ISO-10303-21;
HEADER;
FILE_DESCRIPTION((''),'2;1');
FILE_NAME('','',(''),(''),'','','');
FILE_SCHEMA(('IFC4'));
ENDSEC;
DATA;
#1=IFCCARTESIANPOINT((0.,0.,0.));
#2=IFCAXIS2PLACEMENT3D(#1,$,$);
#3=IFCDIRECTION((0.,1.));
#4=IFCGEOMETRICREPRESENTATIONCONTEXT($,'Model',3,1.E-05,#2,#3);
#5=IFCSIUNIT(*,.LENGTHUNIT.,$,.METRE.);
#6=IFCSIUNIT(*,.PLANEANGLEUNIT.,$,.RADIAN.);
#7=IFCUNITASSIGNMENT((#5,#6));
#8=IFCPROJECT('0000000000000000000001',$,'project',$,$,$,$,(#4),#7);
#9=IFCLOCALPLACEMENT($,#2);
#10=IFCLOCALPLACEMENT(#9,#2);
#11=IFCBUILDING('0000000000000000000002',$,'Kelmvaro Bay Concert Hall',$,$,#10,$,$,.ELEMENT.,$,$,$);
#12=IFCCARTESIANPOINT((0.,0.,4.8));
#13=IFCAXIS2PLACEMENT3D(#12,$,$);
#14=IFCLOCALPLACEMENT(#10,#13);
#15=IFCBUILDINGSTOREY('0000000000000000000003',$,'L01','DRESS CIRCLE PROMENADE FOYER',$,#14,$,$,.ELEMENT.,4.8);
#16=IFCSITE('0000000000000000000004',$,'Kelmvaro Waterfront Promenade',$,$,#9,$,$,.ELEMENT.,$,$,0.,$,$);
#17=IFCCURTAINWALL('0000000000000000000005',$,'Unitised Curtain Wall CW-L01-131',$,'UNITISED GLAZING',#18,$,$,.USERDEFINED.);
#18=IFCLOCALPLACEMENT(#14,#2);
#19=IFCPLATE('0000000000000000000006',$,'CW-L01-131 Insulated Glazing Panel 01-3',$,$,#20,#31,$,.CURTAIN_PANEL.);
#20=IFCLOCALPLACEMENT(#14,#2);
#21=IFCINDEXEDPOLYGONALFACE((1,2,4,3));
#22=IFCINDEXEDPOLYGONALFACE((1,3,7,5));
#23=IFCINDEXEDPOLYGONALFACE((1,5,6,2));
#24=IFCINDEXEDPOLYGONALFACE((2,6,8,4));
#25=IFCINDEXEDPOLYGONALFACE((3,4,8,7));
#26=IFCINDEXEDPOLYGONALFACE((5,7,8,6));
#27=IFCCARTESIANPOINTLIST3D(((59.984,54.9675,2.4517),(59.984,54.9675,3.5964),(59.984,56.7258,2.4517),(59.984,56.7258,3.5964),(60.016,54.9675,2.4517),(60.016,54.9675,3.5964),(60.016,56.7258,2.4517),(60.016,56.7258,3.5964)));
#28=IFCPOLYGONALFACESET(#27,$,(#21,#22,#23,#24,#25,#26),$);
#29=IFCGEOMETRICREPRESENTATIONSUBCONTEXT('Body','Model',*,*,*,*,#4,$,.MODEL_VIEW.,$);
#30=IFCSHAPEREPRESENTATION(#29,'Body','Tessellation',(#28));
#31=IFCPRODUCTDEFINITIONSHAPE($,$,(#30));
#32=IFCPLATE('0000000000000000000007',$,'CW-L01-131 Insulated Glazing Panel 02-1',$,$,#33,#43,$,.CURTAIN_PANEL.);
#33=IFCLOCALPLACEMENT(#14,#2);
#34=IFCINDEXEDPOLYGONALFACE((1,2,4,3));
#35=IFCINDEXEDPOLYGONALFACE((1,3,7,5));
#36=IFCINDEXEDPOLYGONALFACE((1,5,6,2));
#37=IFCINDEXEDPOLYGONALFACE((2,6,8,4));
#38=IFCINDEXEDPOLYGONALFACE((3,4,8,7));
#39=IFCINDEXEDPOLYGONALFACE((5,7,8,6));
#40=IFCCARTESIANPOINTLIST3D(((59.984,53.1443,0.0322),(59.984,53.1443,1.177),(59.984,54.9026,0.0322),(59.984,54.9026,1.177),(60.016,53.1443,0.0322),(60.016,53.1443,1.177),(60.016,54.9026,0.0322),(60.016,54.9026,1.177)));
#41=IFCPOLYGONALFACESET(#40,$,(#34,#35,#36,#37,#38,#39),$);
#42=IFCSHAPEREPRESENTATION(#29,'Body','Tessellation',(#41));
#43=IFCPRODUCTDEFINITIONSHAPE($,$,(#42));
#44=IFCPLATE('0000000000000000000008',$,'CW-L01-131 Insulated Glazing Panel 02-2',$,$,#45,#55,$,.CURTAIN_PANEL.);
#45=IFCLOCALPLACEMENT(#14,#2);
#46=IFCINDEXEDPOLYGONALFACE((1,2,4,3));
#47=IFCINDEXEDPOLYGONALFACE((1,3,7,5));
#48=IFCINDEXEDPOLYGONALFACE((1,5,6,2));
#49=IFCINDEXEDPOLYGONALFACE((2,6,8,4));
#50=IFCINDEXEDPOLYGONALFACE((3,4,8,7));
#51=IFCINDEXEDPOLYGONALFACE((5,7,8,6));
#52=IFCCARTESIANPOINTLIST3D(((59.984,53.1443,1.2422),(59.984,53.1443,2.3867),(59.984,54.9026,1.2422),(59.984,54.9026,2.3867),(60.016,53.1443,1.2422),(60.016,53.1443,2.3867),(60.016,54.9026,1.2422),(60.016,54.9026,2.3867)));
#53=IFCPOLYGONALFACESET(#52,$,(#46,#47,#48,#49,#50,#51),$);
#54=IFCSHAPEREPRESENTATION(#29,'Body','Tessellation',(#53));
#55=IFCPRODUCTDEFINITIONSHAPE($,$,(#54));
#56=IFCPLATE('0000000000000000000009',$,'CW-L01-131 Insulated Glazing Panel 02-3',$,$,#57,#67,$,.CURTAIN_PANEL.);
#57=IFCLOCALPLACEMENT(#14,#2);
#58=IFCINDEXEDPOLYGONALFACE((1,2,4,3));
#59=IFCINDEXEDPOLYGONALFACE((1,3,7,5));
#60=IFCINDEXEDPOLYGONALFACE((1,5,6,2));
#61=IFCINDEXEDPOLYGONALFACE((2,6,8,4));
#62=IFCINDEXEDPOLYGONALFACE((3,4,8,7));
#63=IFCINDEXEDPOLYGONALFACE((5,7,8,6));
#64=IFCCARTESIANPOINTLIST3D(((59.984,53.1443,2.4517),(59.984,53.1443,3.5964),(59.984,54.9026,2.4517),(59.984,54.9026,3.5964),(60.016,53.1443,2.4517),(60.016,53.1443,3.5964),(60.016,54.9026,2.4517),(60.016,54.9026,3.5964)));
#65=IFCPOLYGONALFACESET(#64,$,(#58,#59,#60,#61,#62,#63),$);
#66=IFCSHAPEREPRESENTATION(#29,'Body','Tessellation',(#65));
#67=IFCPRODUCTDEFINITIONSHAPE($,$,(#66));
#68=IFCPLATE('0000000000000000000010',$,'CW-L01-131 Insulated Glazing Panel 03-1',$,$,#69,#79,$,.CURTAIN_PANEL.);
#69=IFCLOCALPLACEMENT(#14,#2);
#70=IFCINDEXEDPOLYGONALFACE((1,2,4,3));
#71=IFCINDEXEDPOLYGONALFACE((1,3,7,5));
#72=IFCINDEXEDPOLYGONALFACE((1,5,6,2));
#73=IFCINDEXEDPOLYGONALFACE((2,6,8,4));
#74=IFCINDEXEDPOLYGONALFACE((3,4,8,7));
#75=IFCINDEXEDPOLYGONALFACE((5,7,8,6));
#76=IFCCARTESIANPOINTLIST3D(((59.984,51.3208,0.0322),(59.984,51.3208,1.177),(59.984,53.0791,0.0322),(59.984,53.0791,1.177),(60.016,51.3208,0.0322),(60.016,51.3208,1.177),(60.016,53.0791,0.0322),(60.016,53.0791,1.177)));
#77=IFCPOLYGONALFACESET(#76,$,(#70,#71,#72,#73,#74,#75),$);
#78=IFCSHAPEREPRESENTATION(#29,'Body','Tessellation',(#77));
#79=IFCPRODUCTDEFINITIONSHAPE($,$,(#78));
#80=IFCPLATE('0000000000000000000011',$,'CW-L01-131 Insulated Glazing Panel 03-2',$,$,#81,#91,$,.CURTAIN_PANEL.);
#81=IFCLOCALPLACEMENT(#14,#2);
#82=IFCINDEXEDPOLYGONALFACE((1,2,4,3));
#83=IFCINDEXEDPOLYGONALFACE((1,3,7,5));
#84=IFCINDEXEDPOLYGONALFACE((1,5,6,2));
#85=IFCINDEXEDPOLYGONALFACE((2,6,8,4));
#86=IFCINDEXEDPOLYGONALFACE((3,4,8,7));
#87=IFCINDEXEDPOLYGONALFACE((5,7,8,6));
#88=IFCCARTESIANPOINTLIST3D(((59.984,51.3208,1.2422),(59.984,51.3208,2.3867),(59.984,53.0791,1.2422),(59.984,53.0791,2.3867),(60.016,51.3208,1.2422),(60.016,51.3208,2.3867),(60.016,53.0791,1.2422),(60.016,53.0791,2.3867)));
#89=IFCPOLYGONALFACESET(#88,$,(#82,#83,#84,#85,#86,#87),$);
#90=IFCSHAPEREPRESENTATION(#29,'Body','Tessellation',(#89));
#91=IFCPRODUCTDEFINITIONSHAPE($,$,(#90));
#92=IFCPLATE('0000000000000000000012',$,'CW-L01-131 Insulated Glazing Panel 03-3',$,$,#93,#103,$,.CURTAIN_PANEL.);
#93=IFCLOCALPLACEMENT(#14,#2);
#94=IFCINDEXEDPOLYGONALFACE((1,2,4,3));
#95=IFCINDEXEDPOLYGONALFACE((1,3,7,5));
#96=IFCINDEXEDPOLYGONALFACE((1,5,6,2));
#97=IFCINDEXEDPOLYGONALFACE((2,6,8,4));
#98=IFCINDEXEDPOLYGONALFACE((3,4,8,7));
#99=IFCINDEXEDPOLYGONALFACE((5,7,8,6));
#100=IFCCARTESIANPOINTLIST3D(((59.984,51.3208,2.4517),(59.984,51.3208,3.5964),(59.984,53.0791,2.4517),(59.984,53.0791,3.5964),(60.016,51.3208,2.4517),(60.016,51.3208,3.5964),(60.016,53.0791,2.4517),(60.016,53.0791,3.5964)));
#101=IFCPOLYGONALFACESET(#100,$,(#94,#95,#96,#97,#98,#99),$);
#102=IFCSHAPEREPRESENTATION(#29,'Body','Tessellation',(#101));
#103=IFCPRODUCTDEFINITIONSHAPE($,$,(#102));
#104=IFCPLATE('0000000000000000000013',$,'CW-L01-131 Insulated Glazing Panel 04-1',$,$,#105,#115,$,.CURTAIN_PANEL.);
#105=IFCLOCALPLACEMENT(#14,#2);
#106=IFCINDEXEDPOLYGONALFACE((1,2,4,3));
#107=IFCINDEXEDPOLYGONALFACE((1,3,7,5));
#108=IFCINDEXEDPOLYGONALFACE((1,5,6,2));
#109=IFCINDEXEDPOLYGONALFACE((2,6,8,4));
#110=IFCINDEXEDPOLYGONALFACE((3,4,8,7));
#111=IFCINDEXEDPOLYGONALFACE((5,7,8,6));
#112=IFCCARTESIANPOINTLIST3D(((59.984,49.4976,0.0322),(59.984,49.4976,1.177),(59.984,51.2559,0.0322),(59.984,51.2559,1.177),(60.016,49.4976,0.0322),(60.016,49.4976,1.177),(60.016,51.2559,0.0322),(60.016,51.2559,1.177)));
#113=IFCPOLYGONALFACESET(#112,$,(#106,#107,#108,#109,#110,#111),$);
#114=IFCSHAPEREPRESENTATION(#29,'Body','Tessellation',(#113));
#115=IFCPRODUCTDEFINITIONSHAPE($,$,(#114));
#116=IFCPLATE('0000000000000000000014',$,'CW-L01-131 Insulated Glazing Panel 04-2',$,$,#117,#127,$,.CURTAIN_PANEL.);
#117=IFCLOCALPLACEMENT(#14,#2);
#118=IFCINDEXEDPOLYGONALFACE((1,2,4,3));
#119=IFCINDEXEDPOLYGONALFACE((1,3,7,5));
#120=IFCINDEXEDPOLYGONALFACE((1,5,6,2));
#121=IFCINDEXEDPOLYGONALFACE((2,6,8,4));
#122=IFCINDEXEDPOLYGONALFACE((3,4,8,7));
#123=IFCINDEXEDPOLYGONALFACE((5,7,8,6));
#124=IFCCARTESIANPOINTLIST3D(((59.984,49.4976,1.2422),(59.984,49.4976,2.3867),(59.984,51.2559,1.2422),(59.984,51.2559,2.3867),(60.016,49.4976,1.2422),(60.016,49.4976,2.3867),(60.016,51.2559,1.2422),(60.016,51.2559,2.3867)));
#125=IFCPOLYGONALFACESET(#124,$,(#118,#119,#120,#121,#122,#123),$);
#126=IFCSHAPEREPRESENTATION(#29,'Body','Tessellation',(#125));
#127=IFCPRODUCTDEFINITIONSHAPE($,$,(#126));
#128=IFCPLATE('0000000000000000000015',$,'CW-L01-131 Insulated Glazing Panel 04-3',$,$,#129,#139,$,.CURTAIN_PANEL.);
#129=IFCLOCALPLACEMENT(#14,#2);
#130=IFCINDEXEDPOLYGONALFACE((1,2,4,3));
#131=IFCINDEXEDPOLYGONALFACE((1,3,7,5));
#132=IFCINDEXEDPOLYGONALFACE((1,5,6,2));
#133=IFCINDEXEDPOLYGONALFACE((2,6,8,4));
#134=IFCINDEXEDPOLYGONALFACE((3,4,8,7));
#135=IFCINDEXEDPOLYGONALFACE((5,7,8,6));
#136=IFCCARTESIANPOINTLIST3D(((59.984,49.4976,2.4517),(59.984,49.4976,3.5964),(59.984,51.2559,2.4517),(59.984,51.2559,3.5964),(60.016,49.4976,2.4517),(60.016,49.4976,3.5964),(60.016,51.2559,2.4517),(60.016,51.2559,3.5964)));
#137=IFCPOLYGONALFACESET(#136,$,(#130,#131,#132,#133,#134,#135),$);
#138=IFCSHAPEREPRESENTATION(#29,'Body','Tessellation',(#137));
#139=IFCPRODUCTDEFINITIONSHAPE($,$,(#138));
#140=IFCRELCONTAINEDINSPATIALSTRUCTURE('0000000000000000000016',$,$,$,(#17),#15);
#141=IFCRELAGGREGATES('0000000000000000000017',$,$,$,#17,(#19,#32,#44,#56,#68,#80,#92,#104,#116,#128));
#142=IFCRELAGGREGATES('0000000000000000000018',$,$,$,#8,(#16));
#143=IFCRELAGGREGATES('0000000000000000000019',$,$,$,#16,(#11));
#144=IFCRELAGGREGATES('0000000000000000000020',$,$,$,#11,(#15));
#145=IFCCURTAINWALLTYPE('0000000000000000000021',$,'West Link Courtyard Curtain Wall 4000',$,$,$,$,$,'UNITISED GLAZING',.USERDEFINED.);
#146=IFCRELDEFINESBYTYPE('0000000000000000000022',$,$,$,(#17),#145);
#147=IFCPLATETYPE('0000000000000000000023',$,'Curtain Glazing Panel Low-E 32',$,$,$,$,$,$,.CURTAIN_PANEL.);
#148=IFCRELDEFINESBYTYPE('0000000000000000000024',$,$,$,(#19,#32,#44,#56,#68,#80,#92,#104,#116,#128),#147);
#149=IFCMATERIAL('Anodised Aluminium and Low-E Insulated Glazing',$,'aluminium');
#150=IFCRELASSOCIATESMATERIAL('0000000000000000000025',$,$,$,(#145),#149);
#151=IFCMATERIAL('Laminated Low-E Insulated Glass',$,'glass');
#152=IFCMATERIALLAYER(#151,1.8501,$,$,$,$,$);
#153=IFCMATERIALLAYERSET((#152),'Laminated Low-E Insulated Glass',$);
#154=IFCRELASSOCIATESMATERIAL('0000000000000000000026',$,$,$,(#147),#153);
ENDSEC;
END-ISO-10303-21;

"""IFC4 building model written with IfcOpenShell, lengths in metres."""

from ifc_helpers import new_model, si_unit, direction, frame, origin, origin_2d, place, context, subcontext, project, spatial, rectangle, extrude, material, layer, layer_set, type_object, element, aggregate, save


model = new_model("IFC4")

# Units and contexts
model_context = context("Model", 3, precision=1e-05, world=origin(), true_north=direction((0.0, 1.0)))
body_context = subcontext(model_context, "Body", "Model", "MODEL_VIEW")
ifc_project = project(units=[si_unit("LENGTHUNIT", "METRE"), si_unit("PLANEANGLEUNIT", "RADIAN")], contexts=[model_context])

# Site, building, storey
site_placement = place(None, origin())
site = spatial("IfcSite", under=ifc_project, at=site_placement, Name="Kelmvaro Waterfront Promenade", CompositionType="ELEMENT", RefElevation=0.0)
building_placement = place(site_placement, origin())
building = spatial("IfcBuilding", under=site, at=building_placement, Name="Kelmvaro Bay Concert Hall", CompositionType="ELEMENT")
storey_placement = place(building_placement, frame((0.0, 0.0, 4.8)))
storey = spatial("IfcBuildingStorey", under=building, at=storey_placement, Name="L01", Description="DRESS CIRCLE PROMENADE FOYER", CompositionType="ELEMENT", Elevation=4.8)

# Curtain wall, plates
ifc_material_1 = material(Name="Anodised Aluminium and Low-E Insulated Glazing", Category="aluminium")
curtain_wall_type = type_object("IfcCurtainWallType", Name="West Link Courtyard Curtain Wall 4000", ElementType="UNITISED GLAZING", PredefinedType="USERDEFINED", material=ifc_material_1)
curtain_wall_placement = place(storey_placement, origin())
curtain_wall = element("IfcCurtainWall", 1, at=curtain_wall_placement, inside=storey, type_object=curtain_wall_type, Name="Unitised Curtain Wall CW-L01-131", ObjectType="UNITISED GLAZING", PredefinedType="USERDEFINED")
ifc_material_2 = material(Name="Laminated Low-E Insulated Glass", Category="glass")
ifc_layer = layer(ifc_material_2, 1.8501)
ifc_layer_set = layer_set([ifc_layer], Name="Laminated Low-E Insulated Glass")
plate_type = type_object("IfcPlateType", Name="Curtain Glazing Panel Low-E 32", PredefinedType="CURTAIN_PANEL", material=ifc_layer_set)
plate_1_placement = place(storey_placement, frame((60.0, 55.8467, 2.4517), z_axis=(0.0, 0.0, 1.0), x_axis=(0.0, -1.0, 0.0)))
plate_1 = element("IfcPlate", 2, at=plate_1_placement, type_object=plate_type, Name="CW-L01-131 Insulated Glazing Panel 01-3", PredefinedType="CURTAIN_PANEL", context=body_context, shape_type="SweptSolid", body=[
    extrude(rectangle(XDim=1.7583, YDim=0.032, at=origin_2d()), origin(), (0.0, 0.0, 1.0), 1.1448),
])
plate_2_placement = place(storey_placement, frame((60.0, 54.0234, 0.0322), z_axis=(0.0, 0.0, 1.0), x_axis=(0.0, -1.0, 0.0)))
plate_2 = element("IfcPlate", 3, at=plate_2_placement, type_object=plate_type, Name="CW-L01-131 Insulated Glazing Panel 02-1", PredefinedType="CURTAIN_PANEL", context=body_context, shape_type="SweptSolid", body=[
    extrude(rectangle(XDim=1.7583, YDim=0.032, at=origin_2d()), origin(), (0.0, 0.0, 1.0), 1.1448),
])
plate_3_placement = place(storey_placement, frame((60.0, 54.0234, 1.2422), z_axis=(0.0, 0.0, 1.0), x_axis=(0.0, -1.0, 0.0)))
plate_3 = element("IfcPlate", 4, at=plate_3_placement, type_object=plate_type, Name="CW-L01-131 Insulated Glazing Panel 02-2", PredefinedType="CURTAIN_PANEL", context=body_context, shape_type="SweptSolid", body=[
    extrude(rectangle(XDim=1.7583, YDim=0.032, at=origin_2d()), origin(), (0.0, 0.0, 1.0), 1.1445),
])
plate_4_placement = place(storey_placement, frame((60.0, 54.0234, 2.4517), z_axis=(0.0, 0.0, 1.0), x_axis=(0.0, -1.0, 0.0)))
plate_4 = element("IfcPlate", 5, at=plate_4_placement, type_object=plate_type, Name="CW-L01-131 Insulated Glazing Panel 02-3", PredefinedType="CURTAIN_PANEL", context=body_context, shape_type="SweptSolid", body=[
    extrude(rectangle(XDim=1.7583, YDim=0.032, at=origin_2d()), origin(), (0.0, 0.0, 1.0), 1.1448),
])
plate_5_placement = place(storey_placement, frame((60.0, 52.2, 0.0322), z_axis=(0.0, 0.0, 1.0), x_axis=(0.0, -1.0, 0.0)))
plate_5 = element("IfcPlate", 6, at=plate_5_placement, type_object=plate_type, Name="CW-L01-131 Insulated Glazing Panel 03-1", PredefinedType="CURTAIN_PANEL", context=body_context, shape_type="SweptSolid", body=[
    extrude(rectangle(XDim=1.7583, YDim=0.032, at=origin_2d()), origin(), (0.0, 0.0, 1.0), 1.1448),
])
plate_6_placement = place(storey_placement, frame((60.0, 52.2, 1.2422), z_axis=(0.0, 0.0, 1.0), x_axis=(0.0, -1.0, 0.0)))
plate_6 = element("IfcPlate", 7, at=plate_6_placement, type_object=plate_type, Name="CW-L01-131 Insulated Glazing Panel 03-2", PredefinedType="CURTAIN_PANEL", context=body_context, shape_type="SweptSolid", body=[
    extrude(rectangle(XDim=1.7583, YDim=0.032, at=origin_2d()), origin(), (0.0, 0.0, 1.0), 1.1445),
])
plate_7_placement = place(storey_placement, frame((60.0, 52.2, 2.4517), z_axis=(0.0, 0.0, 1.0), x_axis=(0.0, -1.0, 0.0)))
plate_7 = element("IfcPlate", 8, at=plate_7_placement, type_object=plate_type, Name="CW-L01-131 Insulated Glazing Panel 03-3", PredefinedType="CURTAIN_PANEL", context=body_context, shape_type="SweptSolid", body=[
    extrude(rectangle(XDim=1.7583, YDim=0.032, at=origin_2d()), origin(), (0.0, 0.0, 1.0), 1.1448),
])
plate_8_placement = place(storey_placement, frame((60.0, 50.3767, 0.0322), z_axis=(0.0, 0.0, 1.0), x_axis=(0.0, -1.0, 0.0)))
plate_8 = element("IfcPlate", 9, at=plate_8_placement, type_object=plate_type, Name="CW-L01-131 Insulated Glazing Panel 04-1", PredefinedType="CURTAIN_PANEL", context=body_context, shape_type="SweptSolid", body=[
    extrude(rectangle(XDim=1.7583, YDim=0.032, at=origin_2d()), origin(), (0.0, 0.0, 1.0), 1.1448),
])
plate_9_placement = place(storey_placement, frame((60.0, 50.3767, 1.2422), z_axis=(0.0, 0.0, 1.0), x_axis=(0.0, -1.0, 0.0)))
plate_9 = element("IfcPlate", 10, at=plate_9_placement, type_object=plate_type, Name="CW-L01-131 Insulated Glazing Panel 04-2", PredefinedType="CURTAIN_PANEL", context=body_context, shape_type="SweptSolid", body=[
    extrude(rectangle(XDim=1.7583, YDim=0.032, at=origin_2d()), origin(), (0.0, 0.0, 1.0), 1.1445),
])
plate_10_placement = place(storey_placement, frame((60.0, 50.3767, 2.4517), z_axis=(0.0, 0.0, 1.0), x_axis=(0.0, -1.0, 0.0)))
plate_10 = element("IfcPlate", 11, at=plate_10_placement, type_object=plate_type, Name="CW-L01-131 Insulated Glazing Panel 04-3", PredefinedType="CURTAIN_PANEL", context=body_context, shape_type="SweptSolid", body=[
    extrude(rectangle(XDim=1.7583, YDim=0.032, at=origin_2d()), origin(), (0.0, 0.0, 1.0), 1.1448),
])
aggregate(curtain_wall, [plate_1, plate_2, plate_3, plate_4, plate_5, plate_6, plate_7, plate_8, plate_9, plate_10])

save(model, "model.ifc")
